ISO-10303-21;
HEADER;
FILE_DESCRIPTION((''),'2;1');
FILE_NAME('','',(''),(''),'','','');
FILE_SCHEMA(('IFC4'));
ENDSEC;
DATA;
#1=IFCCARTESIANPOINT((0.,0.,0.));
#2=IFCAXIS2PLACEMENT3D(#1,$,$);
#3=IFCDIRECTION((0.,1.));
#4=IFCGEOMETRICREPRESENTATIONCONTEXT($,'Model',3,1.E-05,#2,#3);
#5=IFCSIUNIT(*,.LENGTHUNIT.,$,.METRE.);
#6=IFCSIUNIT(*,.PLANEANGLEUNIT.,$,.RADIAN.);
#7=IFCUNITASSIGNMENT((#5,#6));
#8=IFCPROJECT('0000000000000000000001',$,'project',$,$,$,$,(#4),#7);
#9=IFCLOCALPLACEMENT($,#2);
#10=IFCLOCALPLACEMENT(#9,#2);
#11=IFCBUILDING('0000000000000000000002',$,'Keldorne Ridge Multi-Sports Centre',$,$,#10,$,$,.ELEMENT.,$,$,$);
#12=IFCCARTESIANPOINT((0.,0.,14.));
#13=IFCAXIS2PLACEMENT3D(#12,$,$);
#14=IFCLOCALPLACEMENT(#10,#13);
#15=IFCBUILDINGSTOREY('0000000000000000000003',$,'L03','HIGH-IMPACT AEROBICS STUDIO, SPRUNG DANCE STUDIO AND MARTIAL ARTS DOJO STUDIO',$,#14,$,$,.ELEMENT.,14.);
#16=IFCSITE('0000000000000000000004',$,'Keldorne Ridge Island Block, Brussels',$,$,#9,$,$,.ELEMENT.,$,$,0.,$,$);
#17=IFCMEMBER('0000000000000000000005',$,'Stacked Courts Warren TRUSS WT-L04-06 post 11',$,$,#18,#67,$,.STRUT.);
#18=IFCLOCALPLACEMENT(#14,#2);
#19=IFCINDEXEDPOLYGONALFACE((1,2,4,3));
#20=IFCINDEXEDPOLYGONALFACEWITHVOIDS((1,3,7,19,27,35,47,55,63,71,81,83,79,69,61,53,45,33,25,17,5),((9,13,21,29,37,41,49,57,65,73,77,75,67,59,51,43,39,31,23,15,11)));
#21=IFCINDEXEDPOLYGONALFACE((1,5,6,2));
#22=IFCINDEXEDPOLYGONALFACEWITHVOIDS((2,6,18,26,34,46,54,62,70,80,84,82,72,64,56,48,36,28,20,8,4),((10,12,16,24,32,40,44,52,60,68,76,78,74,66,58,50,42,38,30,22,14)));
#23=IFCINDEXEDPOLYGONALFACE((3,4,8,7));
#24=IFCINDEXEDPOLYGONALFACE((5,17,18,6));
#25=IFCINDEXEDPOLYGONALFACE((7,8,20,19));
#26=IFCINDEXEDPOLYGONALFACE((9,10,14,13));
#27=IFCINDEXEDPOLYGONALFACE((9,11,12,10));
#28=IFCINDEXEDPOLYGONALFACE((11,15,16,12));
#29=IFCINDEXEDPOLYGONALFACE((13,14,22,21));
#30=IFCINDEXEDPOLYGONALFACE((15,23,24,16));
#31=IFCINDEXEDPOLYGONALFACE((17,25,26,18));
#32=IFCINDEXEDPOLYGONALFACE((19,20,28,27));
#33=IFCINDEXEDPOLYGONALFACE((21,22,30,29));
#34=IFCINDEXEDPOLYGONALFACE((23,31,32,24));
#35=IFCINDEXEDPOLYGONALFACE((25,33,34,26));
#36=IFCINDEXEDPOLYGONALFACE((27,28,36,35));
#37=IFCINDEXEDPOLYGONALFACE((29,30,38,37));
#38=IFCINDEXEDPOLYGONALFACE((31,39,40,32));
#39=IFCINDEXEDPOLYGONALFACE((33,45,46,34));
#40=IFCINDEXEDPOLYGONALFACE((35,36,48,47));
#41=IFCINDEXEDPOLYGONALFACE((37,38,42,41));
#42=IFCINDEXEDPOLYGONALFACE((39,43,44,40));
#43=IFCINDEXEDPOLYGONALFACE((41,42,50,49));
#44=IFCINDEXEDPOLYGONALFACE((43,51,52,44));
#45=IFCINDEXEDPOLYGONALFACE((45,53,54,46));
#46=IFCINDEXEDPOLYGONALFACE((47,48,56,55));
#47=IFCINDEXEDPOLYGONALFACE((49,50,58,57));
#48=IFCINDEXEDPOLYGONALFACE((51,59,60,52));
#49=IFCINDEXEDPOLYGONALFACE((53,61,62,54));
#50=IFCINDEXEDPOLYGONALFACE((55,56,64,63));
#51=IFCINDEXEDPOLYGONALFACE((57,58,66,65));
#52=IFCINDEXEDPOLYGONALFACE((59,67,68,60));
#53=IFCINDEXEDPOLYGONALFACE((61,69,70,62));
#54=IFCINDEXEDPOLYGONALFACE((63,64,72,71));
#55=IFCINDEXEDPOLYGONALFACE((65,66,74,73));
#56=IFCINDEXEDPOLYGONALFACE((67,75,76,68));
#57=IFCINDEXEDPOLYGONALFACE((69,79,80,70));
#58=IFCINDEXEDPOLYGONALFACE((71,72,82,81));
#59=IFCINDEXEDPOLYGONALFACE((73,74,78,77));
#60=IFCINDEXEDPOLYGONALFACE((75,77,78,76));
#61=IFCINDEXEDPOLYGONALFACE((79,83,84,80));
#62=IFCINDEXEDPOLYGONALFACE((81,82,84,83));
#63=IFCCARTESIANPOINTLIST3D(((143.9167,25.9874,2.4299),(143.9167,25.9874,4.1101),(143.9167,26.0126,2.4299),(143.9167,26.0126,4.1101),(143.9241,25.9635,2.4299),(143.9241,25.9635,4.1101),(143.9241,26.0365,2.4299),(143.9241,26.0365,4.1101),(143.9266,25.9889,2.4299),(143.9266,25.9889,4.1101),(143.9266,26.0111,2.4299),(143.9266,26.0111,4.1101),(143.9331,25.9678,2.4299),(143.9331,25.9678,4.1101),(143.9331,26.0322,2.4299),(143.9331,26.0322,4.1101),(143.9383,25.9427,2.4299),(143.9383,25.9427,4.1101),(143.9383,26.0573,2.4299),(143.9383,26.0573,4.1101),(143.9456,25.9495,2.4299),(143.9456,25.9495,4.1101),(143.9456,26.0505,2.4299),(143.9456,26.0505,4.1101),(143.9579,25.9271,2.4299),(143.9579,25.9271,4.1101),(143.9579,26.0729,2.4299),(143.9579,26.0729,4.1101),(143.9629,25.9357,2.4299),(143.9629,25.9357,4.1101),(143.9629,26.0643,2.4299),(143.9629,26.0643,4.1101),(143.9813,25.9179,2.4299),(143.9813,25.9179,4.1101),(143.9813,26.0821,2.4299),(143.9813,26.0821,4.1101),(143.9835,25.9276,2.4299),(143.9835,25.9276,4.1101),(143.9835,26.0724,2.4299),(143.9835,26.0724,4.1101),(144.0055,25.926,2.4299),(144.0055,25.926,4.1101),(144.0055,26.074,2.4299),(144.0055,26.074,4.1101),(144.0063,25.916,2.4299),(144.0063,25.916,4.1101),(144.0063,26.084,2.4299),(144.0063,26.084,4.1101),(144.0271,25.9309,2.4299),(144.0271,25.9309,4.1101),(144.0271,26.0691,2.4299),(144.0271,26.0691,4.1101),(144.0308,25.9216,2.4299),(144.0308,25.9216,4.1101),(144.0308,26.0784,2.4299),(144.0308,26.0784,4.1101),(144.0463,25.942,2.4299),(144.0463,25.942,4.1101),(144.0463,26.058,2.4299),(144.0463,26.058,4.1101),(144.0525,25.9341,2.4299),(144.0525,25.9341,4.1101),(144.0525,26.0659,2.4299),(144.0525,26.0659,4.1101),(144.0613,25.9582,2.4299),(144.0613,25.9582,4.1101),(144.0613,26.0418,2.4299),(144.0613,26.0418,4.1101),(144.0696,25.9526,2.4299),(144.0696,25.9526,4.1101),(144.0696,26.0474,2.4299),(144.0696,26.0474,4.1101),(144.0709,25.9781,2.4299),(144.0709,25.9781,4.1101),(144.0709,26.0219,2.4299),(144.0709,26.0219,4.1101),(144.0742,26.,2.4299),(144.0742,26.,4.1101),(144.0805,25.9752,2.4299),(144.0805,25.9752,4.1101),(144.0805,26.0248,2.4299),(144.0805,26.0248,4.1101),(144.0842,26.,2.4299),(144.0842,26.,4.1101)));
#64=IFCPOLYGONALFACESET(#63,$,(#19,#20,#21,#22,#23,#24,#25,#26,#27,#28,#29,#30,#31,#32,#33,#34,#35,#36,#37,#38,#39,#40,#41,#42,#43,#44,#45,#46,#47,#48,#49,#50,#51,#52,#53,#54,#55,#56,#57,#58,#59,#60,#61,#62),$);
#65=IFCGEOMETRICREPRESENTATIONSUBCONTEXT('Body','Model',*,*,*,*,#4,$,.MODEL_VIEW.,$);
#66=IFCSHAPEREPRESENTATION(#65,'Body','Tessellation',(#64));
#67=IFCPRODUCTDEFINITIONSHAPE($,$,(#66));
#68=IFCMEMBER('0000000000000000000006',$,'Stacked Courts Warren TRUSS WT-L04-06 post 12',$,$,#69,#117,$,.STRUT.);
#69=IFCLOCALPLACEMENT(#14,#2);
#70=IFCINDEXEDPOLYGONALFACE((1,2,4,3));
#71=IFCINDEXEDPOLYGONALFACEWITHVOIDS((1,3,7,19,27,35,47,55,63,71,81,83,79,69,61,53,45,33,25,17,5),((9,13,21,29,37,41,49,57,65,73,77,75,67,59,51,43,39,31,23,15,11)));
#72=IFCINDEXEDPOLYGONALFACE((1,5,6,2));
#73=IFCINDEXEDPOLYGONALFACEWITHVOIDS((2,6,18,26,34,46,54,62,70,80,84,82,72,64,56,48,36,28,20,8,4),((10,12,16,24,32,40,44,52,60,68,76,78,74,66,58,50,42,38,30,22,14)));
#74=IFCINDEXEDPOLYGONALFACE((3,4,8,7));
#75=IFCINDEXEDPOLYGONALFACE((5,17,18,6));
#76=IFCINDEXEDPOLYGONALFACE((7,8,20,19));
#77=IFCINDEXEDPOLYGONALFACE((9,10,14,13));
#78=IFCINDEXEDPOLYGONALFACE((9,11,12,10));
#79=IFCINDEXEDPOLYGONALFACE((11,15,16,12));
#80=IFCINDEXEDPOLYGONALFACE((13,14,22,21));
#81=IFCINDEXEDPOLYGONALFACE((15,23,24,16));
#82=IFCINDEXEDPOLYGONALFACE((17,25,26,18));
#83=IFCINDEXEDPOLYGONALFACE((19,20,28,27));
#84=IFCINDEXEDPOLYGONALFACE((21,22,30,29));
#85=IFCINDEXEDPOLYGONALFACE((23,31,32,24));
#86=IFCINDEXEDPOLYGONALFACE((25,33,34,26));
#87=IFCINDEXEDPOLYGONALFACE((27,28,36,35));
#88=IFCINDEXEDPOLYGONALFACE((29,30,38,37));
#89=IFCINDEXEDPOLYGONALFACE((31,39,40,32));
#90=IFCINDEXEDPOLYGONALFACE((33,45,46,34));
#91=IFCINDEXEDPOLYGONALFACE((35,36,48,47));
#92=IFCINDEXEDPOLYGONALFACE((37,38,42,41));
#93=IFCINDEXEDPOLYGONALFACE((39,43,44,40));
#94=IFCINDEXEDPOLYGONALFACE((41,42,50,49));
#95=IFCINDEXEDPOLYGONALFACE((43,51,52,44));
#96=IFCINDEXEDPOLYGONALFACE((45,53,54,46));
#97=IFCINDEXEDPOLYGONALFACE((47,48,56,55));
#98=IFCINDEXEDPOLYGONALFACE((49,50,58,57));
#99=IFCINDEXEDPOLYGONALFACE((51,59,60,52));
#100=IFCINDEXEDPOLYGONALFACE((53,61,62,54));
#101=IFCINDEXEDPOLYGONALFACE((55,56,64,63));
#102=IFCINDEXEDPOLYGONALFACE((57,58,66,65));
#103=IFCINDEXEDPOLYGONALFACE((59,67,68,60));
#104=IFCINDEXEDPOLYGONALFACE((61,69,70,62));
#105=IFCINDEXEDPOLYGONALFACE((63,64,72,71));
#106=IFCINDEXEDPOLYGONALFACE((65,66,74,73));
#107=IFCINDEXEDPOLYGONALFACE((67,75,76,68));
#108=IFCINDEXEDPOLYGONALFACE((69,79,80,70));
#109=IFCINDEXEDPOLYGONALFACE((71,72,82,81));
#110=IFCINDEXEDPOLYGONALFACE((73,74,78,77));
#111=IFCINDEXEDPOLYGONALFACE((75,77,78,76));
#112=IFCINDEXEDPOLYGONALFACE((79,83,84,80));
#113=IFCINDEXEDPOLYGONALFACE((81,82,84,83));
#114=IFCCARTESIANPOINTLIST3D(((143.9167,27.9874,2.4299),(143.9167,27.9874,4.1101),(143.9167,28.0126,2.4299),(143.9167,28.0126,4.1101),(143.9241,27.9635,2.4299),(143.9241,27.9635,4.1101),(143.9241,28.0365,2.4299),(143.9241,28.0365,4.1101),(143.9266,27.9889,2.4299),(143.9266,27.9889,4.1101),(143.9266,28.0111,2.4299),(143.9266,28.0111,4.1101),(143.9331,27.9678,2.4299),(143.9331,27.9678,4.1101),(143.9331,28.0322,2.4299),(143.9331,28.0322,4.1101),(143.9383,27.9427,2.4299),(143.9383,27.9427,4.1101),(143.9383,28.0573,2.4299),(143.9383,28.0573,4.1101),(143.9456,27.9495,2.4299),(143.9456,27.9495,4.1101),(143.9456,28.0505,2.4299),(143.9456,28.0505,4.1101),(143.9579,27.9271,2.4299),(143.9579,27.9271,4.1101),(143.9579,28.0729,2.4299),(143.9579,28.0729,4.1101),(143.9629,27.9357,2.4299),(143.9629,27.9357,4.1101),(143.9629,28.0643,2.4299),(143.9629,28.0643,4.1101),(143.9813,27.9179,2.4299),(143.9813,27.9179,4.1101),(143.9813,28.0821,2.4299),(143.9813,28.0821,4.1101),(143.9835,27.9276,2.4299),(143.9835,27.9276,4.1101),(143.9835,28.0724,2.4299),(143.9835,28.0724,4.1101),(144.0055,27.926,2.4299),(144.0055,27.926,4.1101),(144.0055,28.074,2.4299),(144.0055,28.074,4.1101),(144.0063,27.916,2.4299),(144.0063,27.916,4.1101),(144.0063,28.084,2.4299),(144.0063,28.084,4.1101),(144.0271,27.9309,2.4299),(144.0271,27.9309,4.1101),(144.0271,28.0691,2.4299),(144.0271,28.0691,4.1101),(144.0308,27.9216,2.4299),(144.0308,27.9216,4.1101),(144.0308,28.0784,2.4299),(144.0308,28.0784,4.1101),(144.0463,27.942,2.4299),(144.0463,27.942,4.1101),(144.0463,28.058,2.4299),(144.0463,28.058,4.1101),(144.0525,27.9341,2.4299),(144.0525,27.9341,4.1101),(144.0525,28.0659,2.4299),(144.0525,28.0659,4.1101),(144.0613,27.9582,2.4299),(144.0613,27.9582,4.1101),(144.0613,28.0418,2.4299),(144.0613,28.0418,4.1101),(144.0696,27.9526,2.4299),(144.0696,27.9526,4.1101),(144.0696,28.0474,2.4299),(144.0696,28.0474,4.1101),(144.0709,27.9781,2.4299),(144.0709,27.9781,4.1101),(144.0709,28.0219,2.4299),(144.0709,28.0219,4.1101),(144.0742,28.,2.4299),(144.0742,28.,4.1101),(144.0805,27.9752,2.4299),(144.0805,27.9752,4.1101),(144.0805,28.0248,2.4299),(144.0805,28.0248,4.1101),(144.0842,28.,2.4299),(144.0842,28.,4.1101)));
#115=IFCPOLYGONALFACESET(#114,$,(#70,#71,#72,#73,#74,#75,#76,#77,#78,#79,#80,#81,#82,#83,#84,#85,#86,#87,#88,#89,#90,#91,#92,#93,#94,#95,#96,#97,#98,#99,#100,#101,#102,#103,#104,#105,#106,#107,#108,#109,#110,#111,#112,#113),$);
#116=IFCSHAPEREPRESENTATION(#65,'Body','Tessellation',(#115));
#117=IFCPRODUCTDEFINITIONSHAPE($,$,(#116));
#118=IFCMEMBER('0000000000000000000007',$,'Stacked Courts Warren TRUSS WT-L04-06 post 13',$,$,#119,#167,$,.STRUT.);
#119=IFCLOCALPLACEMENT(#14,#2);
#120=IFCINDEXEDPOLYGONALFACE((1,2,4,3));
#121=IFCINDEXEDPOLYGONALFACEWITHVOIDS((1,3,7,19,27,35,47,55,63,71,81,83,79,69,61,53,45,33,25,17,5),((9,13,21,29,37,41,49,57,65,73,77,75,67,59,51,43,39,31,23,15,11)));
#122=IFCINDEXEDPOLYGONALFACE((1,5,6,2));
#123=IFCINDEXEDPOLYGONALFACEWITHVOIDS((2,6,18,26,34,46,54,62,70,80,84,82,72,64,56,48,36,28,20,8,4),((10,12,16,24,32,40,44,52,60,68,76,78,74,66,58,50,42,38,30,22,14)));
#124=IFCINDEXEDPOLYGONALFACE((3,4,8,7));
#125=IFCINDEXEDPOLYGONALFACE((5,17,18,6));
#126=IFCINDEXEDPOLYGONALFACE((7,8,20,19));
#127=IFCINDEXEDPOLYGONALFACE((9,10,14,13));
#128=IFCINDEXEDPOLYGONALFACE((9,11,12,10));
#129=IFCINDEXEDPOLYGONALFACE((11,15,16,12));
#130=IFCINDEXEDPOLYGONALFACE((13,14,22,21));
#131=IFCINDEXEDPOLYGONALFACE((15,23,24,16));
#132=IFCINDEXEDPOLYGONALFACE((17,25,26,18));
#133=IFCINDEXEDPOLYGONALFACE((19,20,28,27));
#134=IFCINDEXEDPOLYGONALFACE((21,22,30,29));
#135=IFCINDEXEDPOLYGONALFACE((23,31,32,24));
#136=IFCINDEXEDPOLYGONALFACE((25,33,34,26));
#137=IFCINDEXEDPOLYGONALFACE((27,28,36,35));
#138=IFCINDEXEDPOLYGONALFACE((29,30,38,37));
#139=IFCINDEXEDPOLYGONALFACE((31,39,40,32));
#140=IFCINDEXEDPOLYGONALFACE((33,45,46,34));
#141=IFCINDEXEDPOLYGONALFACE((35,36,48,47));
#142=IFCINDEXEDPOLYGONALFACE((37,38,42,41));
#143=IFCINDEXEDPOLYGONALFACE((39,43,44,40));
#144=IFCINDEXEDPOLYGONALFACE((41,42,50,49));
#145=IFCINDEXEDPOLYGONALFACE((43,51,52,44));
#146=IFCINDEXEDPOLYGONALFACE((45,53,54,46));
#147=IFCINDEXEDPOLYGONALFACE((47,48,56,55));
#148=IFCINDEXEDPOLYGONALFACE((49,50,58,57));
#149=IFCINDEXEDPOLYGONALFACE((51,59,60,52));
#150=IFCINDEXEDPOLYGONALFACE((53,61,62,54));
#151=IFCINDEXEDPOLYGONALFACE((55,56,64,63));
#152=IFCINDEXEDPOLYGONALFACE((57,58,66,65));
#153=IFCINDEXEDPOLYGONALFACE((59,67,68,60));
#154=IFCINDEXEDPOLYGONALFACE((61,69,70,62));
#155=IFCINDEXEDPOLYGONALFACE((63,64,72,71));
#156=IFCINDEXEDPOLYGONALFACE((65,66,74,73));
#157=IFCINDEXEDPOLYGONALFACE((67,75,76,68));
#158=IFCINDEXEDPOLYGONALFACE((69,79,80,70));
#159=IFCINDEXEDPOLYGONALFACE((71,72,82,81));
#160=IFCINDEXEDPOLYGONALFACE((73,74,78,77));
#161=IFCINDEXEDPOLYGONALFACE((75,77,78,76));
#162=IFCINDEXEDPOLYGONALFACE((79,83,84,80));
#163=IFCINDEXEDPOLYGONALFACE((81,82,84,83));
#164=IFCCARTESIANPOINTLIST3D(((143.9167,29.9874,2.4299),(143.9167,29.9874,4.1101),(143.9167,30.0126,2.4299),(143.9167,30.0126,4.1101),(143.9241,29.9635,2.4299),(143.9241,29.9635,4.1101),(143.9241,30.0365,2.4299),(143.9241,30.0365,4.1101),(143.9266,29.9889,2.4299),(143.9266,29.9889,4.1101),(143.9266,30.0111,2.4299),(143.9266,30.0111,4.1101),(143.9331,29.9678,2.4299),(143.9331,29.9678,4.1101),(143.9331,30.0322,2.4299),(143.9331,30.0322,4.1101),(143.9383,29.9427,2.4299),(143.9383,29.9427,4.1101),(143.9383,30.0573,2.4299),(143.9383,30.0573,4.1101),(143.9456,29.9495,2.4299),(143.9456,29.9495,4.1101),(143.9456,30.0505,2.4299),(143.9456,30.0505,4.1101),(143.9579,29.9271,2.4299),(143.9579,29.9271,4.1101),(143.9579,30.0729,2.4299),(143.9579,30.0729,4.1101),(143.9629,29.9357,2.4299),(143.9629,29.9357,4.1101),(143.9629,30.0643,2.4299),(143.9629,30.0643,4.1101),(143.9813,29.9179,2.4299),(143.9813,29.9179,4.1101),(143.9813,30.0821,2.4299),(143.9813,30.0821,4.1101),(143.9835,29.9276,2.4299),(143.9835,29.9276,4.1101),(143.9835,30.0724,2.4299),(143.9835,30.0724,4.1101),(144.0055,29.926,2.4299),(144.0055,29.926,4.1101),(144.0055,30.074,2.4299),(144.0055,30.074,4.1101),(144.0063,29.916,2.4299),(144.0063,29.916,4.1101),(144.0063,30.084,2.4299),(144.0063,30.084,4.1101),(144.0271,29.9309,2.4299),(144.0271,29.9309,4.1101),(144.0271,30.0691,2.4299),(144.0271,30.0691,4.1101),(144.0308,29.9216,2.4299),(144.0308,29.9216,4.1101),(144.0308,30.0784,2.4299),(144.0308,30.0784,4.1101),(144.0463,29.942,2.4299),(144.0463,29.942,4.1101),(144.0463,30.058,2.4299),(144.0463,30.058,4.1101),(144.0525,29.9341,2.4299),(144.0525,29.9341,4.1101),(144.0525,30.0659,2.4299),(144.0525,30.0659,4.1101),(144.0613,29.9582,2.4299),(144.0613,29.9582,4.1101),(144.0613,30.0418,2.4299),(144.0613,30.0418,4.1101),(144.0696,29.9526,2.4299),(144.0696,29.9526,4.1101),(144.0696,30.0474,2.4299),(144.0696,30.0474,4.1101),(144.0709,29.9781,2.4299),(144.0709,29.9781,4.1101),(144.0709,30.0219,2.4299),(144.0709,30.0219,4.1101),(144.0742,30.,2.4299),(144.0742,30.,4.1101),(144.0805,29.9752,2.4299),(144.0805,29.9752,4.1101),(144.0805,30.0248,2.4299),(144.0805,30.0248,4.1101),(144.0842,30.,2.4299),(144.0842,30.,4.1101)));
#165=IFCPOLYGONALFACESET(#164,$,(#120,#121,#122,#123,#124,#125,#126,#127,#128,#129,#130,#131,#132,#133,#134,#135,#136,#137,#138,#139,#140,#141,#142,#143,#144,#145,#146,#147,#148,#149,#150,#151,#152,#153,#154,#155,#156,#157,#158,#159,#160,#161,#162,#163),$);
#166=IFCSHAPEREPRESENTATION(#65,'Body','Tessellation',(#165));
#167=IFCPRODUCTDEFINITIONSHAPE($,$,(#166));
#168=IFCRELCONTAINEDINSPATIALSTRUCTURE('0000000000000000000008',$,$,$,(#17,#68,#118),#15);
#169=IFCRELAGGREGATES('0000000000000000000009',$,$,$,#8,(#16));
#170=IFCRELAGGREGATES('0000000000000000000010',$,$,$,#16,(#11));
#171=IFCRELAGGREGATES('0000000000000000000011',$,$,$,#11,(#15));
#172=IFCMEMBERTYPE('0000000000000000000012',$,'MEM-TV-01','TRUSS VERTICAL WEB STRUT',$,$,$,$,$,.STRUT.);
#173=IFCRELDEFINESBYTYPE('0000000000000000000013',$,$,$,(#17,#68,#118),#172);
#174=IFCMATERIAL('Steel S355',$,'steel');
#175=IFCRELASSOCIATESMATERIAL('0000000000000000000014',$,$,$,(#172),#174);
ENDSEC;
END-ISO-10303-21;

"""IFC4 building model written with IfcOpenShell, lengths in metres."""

from ifc_helpers import new_model, si_unit, direction, frame, origin, origin_2d, place, context, subcontext, project, spatial, hollow_circle, extrude, material, material_profile, profile_set, type_object, element, save


model = new_model("IFC4")

# Units and contexts
model_context = context("Model", 3, precision=1e-05, world=origin(), true_north=direction((0.0, 1.0)))
body_context = subcontext(model_context, "Body", "Model", "MODEL_VIEW")
ifc_project = project(units=[si_unit("LENGTHUNIT", "METRE"), si_unit("PLANEANGLEUNIT", "RADIAN")], contexts=[model_context])

# Site, building, storey
site_placement = place(None, origin())
site = spatial("IfcSite", under=ifc_project, at=site_placement, Name="Keldorne Ridge Island Block, Brussels", CompositionType="ELEMENT", RefElevation=0.0)
building_placement = place(site_placement, origin())
building = spatial("IfcBuilding", under=site, at=building_placement, Name="Keldorne Ridge Multi-Sports Centre", CompositionType="ELEMENT")
storey_placement = place(building_placement, frame((0.0, 0.0, 14.0)))
storey = spatial("IfcBuildingStorey", under=building, at=storey_placement, Name="L03", Description="HIGH-IMPACT AEROBICS STUDIO, SPRUNG DANCE STUDIO AND MARTIAL ARTS DOJO STUDIO", CompositionType="ELEMENT", Elevation=14.0)

# Members
ifc_material = material(Name="Steel S355", Category="steel")
ifc_material_profile_1 = material_profile(ifc_material, hollow_circle(Radius=0.0842, WallThickness=0.01, at=origin_2d()), Name="CHS 168.3x10")
ifc_profile_set_1 = profile_set([ifc_material_profile_1], Name="Steel S355")
member_type_1 = type_object("IfcMemberType", Name="MEM-TV-01", Description="TRUSS VERTICAL WEB STRUT", PredefinedType="STRUT", material=ifc_profile_set_1)
for number, where, z_axis, x_axis, name in (
    (1, (144.0, 26.0, 2.4299), (0.0, 0.0, 1.0), (1.0, 0.0, 0.0), "Stacked Courts Warren TRUSS WT-L04-06 post 11"),
    (2, (144.0, 28.0, 2.4299), (0.0, 0.0, 1.0), (1.0, 0.0, 0.0), "Stacked Courts Warren TRUSS WT-L04-06 post 12"),
    (3, (144.0, 30.0, 2.4299), (0.0, 0.0, 1.0), (1.0, 0.0, 0.0), "Stacked Courts Warren TRUSS WT-L04-06 post 13"),
):
    element("IfcMember", number, at=place(storey_placement, frame(where, z_axis=z_axis, x_axis=x_axis)), inside=storey, type_object=member_type_1, Name=name, PredefinedType="STRUT", context=body_context, shape_type="SweptSolid", body=[
        extrude(hollow_circle(Radius=0.0842, WallThickness=0.01, at=origin_2d()), origin(), (0.0, 0.0, 1.0), 1.6802),
    ])

save(model, "model.ifc")
